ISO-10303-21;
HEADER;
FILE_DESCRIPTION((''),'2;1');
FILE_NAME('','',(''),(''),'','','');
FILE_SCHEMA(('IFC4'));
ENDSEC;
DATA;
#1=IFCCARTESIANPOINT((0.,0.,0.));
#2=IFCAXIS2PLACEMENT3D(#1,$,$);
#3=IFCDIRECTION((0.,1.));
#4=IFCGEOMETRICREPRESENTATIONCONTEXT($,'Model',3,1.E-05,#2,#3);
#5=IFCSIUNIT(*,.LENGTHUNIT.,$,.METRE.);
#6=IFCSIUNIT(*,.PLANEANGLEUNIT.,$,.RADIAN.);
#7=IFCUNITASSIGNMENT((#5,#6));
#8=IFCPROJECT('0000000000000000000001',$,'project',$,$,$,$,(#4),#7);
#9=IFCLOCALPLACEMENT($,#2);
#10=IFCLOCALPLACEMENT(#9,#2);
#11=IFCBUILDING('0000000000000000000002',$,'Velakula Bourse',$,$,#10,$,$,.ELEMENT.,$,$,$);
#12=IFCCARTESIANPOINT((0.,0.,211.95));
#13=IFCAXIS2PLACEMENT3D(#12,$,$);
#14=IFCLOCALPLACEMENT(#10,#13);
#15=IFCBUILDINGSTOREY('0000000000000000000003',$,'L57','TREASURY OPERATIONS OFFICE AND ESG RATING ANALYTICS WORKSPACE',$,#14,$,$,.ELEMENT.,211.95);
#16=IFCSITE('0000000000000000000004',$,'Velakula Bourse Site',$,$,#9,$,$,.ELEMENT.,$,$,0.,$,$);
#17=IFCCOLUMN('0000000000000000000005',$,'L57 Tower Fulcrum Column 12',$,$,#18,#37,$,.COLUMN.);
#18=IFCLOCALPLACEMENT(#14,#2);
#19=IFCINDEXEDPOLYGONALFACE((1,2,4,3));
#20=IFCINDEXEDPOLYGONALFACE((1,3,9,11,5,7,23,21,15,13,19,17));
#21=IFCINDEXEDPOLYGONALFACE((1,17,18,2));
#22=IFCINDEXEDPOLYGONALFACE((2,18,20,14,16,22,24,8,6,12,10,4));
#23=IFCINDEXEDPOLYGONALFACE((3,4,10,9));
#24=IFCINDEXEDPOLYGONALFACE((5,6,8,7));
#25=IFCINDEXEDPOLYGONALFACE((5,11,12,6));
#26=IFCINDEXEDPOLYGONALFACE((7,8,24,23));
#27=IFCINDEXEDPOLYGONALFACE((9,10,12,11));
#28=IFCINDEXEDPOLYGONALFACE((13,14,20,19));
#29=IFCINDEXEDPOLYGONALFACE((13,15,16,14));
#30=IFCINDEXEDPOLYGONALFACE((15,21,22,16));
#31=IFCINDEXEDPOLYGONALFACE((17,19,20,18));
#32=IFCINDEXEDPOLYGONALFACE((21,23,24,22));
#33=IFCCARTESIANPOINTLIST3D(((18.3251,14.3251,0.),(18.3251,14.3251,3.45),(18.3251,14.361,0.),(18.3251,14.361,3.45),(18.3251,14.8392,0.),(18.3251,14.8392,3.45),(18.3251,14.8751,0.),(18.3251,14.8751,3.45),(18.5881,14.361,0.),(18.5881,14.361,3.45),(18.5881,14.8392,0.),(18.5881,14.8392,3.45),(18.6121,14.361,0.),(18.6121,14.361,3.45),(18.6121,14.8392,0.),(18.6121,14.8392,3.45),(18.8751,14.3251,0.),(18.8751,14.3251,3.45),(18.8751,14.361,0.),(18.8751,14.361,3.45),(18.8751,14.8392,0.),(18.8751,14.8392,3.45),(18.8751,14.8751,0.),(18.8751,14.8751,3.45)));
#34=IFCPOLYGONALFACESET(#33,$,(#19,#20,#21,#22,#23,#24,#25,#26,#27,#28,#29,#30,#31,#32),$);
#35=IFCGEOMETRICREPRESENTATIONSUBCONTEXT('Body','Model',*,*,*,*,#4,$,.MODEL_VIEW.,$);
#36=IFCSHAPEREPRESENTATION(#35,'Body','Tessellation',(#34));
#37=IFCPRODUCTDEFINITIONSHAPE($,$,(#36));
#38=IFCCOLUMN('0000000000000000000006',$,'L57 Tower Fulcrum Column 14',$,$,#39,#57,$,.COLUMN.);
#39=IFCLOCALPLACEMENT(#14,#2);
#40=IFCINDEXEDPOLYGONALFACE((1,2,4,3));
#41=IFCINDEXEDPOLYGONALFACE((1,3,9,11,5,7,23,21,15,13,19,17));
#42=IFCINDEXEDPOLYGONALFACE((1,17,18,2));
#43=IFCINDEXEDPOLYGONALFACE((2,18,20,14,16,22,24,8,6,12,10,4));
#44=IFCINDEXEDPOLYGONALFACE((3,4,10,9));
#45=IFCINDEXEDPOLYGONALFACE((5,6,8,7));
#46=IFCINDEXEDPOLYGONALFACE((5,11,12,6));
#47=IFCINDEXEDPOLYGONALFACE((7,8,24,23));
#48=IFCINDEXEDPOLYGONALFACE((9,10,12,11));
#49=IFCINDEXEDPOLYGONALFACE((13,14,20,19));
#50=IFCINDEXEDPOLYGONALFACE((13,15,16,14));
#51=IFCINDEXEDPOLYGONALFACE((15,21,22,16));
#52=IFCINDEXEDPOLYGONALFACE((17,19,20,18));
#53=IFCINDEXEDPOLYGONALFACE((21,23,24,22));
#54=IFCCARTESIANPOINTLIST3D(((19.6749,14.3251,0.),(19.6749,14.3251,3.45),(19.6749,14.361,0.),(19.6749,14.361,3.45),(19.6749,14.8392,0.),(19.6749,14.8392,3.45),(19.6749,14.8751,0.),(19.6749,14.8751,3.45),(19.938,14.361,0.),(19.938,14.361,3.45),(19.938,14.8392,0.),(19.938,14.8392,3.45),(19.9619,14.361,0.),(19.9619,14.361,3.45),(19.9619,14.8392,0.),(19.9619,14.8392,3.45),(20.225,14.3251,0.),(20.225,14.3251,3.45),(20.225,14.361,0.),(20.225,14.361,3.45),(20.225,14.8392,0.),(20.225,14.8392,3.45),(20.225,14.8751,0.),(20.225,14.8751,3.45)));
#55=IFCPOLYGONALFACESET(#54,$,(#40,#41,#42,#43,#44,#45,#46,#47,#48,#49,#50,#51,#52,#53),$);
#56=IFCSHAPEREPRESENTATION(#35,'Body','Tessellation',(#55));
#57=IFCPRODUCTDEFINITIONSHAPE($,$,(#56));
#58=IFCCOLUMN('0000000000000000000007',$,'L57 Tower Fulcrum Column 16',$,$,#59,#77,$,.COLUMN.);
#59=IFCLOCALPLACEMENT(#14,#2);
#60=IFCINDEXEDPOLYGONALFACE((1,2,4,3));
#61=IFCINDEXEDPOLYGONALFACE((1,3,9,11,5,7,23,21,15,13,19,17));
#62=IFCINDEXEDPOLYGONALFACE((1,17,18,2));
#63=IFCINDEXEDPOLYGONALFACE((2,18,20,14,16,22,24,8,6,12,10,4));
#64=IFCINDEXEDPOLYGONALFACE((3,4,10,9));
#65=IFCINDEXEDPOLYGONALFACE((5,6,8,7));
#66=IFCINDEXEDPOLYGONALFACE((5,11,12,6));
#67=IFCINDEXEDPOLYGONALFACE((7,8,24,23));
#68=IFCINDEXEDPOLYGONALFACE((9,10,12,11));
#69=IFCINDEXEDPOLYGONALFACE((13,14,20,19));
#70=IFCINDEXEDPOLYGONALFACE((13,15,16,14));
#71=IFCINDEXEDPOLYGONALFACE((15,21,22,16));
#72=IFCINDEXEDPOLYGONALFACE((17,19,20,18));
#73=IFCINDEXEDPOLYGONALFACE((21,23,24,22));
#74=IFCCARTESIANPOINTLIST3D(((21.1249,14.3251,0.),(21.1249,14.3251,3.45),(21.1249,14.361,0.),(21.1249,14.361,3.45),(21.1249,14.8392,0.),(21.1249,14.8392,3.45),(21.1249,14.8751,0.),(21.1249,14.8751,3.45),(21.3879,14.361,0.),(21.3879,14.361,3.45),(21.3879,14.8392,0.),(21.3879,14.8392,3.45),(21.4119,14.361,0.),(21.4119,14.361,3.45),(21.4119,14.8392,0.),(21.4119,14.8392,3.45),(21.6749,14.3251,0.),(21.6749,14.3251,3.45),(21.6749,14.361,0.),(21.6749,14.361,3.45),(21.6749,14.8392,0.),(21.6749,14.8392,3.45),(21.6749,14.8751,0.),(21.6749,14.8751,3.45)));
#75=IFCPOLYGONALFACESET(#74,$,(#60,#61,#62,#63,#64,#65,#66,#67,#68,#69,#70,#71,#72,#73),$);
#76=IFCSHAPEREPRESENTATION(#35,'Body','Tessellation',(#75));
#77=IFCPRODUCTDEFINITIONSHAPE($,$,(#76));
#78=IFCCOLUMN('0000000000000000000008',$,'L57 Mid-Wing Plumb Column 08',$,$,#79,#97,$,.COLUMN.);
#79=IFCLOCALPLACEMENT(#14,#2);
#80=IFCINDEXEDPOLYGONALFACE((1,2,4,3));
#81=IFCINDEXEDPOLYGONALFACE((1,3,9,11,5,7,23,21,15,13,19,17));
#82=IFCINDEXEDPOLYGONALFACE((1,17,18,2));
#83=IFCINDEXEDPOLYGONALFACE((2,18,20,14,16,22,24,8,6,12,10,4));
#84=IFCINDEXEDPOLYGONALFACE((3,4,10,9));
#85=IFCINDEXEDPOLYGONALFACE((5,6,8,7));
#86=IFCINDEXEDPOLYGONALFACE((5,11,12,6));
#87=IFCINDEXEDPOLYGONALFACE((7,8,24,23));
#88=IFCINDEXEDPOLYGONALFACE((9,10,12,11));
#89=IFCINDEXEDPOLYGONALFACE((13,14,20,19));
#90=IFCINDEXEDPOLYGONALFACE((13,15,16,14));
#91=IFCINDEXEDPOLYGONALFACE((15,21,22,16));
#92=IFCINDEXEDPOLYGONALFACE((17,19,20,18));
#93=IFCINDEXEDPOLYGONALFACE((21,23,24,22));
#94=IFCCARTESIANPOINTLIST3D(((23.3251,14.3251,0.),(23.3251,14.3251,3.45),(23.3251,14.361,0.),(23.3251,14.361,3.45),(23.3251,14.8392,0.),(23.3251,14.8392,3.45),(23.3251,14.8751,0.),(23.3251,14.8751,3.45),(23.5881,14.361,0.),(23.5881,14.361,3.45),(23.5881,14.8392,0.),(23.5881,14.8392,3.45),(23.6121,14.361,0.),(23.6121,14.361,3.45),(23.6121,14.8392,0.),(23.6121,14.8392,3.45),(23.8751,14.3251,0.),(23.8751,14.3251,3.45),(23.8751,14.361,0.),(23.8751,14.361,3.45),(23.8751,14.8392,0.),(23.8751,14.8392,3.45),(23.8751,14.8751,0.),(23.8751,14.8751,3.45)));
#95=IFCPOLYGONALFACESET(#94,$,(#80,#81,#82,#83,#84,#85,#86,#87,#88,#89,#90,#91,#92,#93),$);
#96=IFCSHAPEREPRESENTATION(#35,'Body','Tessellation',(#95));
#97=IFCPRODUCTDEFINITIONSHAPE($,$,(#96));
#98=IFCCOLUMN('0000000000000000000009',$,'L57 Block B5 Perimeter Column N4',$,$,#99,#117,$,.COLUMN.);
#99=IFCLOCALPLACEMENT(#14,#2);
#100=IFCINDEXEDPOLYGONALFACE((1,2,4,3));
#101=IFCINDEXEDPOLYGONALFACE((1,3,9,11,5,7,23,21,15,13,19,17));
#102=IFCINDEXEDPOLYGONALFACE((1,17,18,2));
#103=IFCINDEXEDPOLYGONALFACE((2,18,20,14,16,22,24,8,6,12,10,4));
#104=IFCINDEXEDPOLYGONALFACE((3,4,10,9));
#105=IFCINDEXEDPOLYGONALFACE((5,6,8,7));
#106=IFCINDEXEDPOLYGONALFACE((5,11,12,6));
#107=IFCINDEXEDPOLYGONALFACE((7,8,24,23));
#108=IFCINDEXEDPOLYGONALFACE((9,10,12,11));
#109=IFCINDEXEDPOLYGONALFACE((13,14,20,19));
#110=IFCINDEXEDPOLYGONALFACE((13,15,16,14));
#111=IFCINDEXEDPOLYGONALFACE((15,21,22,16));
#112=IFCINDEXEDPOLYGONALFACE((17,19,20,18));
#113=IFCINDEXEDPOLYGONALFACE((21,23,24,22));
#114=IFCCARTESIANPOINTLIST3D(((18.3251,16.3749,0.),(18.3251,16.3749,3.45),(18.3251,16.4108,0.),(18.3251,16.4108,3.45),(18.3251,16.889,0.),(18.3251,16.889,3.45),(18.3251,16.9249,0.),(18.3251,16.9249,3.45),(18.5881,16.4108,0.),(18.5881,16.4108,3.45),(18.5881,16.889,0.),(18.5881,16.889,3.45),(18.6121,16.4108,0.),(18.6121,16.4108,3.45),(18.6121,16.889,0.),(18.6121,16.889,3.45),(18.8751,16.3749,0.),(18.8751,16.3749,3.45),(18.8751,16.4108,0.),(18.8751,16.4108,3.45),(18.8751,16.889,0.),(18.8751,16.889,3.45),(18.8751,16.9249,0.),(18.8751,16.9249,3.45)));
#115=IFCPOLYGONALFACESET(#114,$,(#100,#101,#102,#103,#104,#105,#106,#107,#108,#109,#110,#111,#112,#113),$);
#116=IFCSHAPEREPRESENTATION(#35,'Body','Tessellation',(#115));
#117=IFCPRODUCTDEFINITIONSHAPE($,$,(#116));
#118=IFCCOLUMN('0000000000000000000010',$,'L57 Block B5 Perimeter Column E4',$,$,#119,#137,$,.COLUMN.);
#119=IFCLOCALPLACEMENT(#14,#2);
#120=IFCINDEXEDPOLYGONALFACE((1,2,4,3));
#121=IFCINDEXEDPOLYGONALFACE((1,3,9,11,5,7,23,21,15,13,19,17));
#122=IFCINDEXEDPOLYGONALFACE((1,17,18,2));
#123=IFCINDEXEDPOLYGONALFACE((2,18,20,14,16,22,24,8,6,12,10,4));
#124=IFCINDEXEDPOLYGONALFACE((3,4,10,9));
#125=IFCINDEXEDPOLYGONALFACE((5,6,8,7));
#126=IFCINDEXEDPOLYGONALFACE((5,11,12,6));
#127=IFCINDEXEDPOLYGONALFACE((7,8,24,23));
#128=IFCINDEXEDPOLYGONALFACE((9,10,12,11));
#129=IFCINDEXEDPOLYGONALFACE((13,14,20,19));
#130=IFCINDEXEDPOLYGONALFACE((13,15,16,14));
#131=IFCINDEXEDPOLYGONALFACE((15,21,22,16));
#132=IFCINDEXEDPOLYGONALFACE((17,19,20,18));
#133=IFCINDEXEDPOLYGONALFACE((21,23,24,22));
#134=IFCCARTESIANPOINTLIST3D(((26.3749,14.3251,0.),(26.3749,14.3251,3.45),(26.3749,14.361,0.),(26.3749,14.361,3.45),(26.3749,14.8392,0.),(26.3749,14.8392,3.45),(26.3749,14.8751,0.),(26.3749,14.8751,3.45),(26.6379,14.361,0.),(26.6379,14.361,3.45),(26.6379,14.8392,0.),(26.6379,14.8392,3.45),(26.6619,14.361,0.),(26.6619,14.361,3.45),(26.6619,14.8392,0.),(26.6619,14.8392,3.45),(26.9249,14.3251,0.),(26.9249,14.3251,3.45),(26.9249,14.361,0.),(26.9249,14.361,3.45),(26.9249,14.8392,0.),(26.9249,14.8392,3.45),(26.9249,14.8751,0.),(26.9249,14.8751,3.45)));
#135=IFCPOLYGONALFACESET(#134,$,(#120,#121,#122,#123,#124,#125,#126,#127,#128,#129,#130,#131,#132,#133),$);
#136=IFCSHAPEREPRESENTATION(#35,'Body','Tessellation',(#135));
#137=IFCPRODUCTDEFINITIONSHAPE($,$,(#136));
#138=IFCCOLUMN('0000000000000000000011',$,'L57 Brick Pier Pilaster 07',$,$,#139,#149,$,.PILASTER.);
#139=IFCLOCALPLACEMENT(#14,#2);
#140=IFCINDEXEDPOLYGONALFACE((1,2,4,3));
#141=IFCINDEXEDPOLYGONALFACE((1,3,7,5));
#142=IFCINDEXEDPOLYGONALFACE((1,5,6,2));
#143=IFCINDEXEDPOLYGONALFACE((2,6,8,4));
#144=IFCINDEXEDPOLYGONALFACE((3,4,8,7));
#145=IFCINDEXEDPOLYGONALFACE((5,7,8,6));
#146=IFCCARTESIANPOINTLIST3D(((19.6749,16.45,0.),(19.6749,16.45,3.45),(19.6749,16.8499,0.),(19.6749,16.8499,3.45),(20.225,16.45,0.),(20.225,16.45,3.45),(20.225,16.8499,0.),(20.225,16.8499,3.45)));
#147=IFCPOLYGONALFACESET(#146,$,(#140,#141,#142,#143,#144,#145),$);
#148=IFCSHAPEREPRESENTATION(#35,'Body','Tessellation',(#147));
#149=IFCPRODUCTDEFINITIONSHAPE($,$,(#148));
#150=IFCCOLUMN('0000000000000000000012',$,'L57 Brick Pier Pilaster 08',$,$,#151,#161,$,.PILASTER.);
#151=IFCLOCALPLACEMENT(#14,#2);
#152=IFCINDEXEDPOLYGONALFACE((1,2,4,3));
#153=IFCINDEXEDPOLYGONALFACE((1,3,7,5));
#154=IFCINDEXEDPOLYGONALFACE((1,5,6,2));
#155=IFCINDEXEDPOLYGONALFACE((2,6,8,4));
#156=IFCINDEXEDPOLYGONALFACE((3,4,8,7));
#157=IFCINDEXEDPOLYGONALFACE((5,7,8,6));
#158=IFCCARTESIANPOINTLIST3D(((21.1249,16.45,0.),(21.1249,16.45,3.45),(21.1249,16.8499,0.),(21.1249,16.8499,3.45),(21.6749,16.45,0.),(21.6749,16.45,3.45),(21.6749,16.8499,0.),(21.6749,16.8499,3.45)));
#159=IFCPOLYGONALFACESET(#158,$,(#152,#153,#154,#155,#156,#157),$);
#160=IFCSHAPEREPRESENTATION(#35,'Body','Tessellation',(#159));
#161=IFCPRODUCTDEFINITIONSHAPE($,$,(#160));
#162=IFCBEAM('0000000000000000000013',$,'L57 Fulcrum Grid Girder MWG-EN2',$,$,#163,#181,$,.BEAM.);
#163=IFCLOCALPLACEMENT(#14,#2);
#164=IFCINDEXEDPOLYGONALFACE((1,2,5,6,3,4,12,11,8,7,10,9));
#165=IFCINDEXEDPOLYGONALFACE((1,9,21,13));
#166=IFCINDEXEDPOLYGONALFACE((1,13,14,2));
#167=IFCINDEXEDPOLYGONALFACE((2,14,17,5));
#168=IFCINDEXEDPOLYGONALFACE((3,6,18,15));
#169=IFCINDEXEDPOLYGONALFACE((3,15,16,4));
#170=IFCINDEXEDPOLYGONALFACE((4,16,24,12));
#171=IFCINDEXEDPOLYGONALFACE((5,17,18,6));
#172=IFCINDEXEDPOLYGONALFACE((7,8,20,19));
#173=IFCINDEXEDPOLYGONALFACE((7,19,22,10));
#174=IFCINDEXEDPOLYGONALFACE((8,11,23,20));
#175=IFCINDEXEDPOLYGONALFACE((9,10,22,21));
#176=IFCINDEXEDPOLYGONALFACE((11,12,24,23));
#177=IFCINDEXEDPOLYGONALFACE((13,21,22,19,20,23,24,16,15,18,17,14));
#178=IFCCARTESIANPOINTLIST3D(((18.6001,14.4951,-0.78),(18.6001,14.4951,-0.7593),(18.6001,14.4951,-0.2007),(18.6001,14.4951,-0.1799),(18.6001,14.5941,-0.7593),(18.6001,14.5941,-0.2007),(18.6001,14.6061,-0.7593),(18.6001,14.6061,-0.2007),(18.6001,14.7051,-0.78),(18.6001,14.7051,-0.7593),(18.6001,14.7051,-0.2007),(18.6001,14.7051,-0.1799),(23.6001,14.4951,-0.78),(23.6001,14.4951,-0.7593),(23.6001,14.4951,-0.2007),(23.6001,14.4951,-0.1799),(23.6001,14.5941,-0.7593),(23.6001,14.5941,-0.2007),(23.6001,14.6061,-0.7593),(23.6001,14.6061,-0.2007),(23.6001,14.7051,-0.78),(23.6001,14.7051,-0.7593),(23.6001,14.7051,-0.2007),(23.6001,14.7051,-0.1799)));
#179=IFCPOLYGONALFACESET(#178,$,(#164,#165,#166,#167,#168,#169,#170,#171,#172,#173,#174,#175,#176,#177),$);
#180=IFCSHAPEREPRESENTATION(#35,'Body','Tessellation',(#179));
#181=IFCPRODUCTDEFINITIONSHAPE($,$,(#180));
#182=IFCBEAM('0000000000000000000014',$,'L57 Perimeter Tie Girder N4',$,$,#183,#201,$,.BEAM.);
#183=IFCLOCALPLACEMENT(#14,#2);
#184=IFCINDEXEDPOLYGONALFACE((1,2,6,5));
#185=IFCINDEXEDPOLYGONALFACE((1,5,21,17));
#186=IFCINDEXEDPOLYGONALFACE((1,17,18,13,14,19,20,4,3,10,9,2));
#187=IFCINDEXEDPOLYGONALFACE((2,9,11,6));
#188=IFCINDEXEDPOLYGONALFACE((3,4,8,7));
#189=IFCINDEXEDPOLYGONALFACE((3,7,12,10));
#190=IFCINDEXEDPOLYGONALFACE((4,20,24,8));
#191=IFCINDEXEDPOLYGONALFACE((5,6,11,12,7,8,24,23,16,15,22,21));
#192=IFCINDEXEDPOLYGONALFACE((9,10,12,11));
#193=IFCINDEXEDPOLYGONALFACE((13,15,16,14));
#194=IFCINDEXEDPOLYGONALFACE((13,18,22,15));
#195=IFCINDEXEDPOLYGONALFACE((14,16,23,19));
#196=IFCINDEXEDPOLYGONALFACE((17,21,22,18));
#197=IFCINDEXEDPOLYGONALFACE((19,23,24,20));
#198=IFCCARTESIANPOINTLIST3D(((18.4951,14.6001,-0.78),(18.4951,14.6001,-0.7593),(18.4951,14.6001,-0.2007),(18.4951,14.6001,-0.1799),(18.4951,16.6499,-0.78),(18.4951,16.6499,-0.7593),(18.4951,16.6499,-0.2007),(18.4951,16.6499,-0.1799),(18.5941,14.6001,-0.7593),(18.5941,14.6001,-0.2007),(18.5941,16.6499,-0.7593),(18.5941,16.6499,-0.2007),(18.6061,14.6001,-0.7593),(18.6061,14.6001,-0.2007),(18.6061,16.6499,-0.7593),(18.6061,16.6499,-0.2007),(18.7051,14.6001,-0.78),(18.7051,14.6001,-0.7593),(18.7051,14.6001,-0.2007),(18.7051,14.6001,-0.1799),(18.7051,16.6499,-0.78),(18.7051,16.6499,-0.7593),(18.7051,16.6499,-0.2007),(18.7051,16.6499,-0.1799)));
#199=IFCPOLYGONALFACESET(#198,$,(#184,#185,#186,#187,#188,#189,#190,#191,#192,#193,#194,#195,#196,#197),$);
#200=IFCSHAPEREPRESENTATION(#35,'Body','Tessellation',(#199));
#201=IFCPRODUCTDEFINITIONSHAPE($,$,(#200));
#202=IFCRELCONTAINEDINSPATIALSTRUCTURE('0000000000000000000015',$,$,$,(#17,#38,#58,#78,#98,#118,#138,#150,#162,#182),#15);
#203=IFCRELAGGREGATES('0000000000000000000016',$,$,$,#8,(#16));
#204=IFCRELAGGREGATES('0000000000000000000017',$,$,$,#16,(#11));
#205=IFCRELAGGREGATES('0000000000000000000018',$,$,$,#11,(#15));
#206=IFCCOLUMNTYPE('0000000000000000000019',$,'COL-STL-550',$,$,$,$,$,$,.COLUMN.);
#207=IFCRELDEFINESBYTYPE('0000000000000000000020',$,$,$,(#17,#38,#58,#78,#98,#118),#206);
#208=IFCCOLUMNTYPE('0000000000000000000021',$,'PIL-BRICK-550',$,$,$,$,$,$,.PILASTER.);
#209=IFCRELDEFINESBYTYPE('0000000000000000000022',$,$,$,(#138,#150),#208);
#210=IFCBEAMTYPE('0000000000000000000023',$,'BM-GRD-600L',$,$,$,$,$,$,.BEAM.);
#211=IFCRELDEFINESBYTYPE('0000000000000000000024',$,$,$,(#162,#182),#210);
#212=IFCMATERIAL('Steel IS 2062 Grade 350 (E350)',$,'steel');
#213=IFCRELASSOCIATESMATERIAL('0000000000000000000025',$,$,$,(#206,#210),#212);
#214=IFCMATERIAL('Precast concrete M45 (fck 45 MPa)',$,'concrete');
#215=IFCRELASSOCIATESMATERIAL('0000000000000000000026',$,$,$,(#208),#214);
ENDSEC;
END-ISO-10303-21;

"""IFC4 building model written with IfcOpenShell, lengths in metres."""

from ifc_helpers import new_model, si_unit, direction, frame, origin, origin_2d, place, context, subcontext, project, spatial, rectangle, i_section, extrude, material, material_profile, profile_set, type_object, element, save


model = new_model("IFC4")

# Units and contexts
model_context = context("Model", 3, precision=1e-05, world=origin(), true_north=direction((0.0, 1.0)))
body_context = subcontext(model_context, "Body", "Model", "MODEL_VIEW")
ifc_project = project(units=[si_unit("LENGTHUNIT", "METRE"), si_unit("PLANEANGLEUNIT", "RADIAN")], contexts=[model_context])

# Site, building, storey
site_placement = place(None, origin())
site = spatial("IfcSite", under=ifc_project, at=site_placement, Name="Velakula Bourse Site", CompositionType="ELEMENT", RefElevation=0.0)
building_placement = place(site_placement, origin())
building = spatial("IfcBuilding", under=site, at=building_placement, Name="Velakula Bourse", CompositionType="ELEMENT")
storey_placement = place(building_placement, frame((0.0, 0.0, 211.95)))
storey = spatial("IfcBuildingStorey", under=building, at=storey_placement, Name="L57", Description="TREASURY OPERATIONS OFFICE AND ESG RATING ANALYTICS WORKSPACE", CompositionType="ELEMENT", Elevation=211.95)

# Columns
ifc_material_1 = material(Name="Steel IS 2062 Grade 350 (E350)", Category="steel")
ifc_material_profile_1 = material_profile(ifc_material_1, i_section(OverallWidth=0.55, OverallDepth=0.55, WebThickness=0.0239, FlangeThickness=0.0359, at=origin_2d()), Name="Steel IS 2062 Grade 350 (E350)")
ifc_profile_set_1 = profile_set([ifc_material_profile_1], Name="Steel IS 2062 Grade 350 (E350)")
column_type_1 = type_object("IfcColumnType", Name="COL-STL-550", PredefinedType="COLUMN", material=ifc_profile_set_1)
for number, where, z_axis, x_axis, name in (
    (1, (18.6001, 14.6001, 0.0), (0.0, 0.0, 1.0), (1.0, 0.0, 0.0), "L57 Tower Fulcrum Column 12"),
    (2, (19.95, 14.6001, 0.0), (0.0, 0.0, 1.0), (1.0, 0.0, 0.0), "L57 Tower Fulcrum Column 14"),
    (3, (21.3999, 14.6001, 0.0), (0.0, 0.0, 1.0), (1.0, 0.0, 0.0), "L57 Tower Fulcrum Column 16"),
    (4, (23.6001, 14.6001, 0.0), (0.0, 0.0, 1.0), (1.0, 0.0, 0.0), "L57 Mid-Wing Plumb Column 08"),
    (5, (18.6001, 16.6499, 0.0), (0.0, 0.0, 1.0), (1.0, 0.0, 0.0), "L57 Block B5 Perimeter Column N4"),
    (6, (26.6499, 14.6001, 0.0), (0.0, 0.0, 1.0), (1.0, 0.0, 0.0), "L57 Block B5 Perimeter Column E4"),
):
    element("IfcColumn", number, at=place(storey_placement, frame(where, z_axis=z_axis, x_axis=x_axis)), inside=storey, type_object=column_type_1, Name=name, PredefinedType="COLUMN", context=body_context, shape_type="SweptSolid", body=[
        extrude(i_section(OverallWidth=0.55, OverallDepth=0.55, WebThickness=0.0239, FlangeThickness=0.0359, at=origin_2d()), origin(), (0.0, 0.0, 1.0), 3.45),
    ])
ifc_material_2 = material(Name="Precast concrete M45 (fck 45 MPa)", Category="concrete")
ifc_material_profile_2 = material_profile(ifc_material_2, rectangle(XDim=0.55, YDim=0.3999, at=origin_2d()), Name="Precast concrete M45 (fck 45 MPa)")
ifc_profile_set_2 = profile_set([ifc_material_profile_2], Name="Precast concrete M45 (fck 45 MPa)")
column_type_2 = type_object("IfcColumnType", Name="PIL-BRICK-550", PredefinedType="PILASTER", material=ifc_profile_set_2)
for number, where, z_axis, x_axis, name in (
    (7, (19.95, 16.6499, 0.0), (0.0, 0.0, 1.0), (1.0, 0.0, 0.0), "L57 Brick Pier Pilaster 07"),
    (8, (21.3999, 16.6499, 0.0), (0.0, 0.0, 1.0), (1.0, 0.0, 0.0), "L57 Brick Pier Pilaster 08"),
):
    element("IfcColumn", number, at=place(storey_placement, frame(where, z_axis=z_axis, x_axis=x_axis)), inside=storey, type_object=column_type_2, Name=name, PredefinedType="PILASTER", context=body_context, shape_type="SweptSolid", body=[
        extrude(rectangle(XDim=0.55, YDim=0.3999, at=origin_2d()), origin(), (0.0, 0.0, 1.0), 3.45),
    ])

# Beams
ifc_material_profile_3 = material_profile(ifc_material_1, i_section(OverallWidth=0.21, OverallDepth=0.6001, WebThickness=0.012, FlangeThickness=0.0208, at=origin_2d()), Name="Steel IS 2062 Grade 350 (E350)")
ifc_profile_set_3 = profile_set([ifc_material_profile_3], Name="Steel IS 2062 Grade 350 (E350)")
beam_type_1 = type_object("IfcBeamType", Name="BM-GRD-600L", PredefinedType="BEAM", material=ifc_profile_set_3)
beam_1_placement = place(storey_placement, frame((18.6001, 14.6001, -0.48), z_axis=(1.0, 0.0, 0.0), x_axis=(0.0, 1.0, 0.0)))
element("IfcBeam", 9, at=beam_1_placement, inside=storey, type_object=beam_type_1, Name="L57 Fulcrum Grid Girder MWG-EN2", PredefinedType="BEAM", context=body_context, shape_type="SweptSolid", body=[
    extrude(i_section(OverallWidth=0.21, OverallDepth=0.6001, WebThickness=0.012, FlangeThickness=0.0208, at=origin_2d()), origin(), (0.0, 0.0, 1.0), 5.0),
])
beam_2_placement = place(storey_placement, frame((18.6001, 14.6001, -0.48), z_axis=(0.0, 1.0, 0.0), x_axis=(-1.0, 0.0, 0.0)))
element("IfcBeam", 10, at=beam_2_placement, inside=storey, type_object=beam_type_1, Name="L57 Perimeter Tie Girder N4", PredefinedType="BEAM", context=body_context, shape_type="SweptSolid", body=[
    extrude(i_section(OverallWidth=0.21, OverallDepth=0.6001, WebThickness=0.012, FlangeThickness=0.0208, at=origin_2d()), origin(), (0.0, 0.0, 1.0), 2.0498),
])

save(model, "model.ifc")
